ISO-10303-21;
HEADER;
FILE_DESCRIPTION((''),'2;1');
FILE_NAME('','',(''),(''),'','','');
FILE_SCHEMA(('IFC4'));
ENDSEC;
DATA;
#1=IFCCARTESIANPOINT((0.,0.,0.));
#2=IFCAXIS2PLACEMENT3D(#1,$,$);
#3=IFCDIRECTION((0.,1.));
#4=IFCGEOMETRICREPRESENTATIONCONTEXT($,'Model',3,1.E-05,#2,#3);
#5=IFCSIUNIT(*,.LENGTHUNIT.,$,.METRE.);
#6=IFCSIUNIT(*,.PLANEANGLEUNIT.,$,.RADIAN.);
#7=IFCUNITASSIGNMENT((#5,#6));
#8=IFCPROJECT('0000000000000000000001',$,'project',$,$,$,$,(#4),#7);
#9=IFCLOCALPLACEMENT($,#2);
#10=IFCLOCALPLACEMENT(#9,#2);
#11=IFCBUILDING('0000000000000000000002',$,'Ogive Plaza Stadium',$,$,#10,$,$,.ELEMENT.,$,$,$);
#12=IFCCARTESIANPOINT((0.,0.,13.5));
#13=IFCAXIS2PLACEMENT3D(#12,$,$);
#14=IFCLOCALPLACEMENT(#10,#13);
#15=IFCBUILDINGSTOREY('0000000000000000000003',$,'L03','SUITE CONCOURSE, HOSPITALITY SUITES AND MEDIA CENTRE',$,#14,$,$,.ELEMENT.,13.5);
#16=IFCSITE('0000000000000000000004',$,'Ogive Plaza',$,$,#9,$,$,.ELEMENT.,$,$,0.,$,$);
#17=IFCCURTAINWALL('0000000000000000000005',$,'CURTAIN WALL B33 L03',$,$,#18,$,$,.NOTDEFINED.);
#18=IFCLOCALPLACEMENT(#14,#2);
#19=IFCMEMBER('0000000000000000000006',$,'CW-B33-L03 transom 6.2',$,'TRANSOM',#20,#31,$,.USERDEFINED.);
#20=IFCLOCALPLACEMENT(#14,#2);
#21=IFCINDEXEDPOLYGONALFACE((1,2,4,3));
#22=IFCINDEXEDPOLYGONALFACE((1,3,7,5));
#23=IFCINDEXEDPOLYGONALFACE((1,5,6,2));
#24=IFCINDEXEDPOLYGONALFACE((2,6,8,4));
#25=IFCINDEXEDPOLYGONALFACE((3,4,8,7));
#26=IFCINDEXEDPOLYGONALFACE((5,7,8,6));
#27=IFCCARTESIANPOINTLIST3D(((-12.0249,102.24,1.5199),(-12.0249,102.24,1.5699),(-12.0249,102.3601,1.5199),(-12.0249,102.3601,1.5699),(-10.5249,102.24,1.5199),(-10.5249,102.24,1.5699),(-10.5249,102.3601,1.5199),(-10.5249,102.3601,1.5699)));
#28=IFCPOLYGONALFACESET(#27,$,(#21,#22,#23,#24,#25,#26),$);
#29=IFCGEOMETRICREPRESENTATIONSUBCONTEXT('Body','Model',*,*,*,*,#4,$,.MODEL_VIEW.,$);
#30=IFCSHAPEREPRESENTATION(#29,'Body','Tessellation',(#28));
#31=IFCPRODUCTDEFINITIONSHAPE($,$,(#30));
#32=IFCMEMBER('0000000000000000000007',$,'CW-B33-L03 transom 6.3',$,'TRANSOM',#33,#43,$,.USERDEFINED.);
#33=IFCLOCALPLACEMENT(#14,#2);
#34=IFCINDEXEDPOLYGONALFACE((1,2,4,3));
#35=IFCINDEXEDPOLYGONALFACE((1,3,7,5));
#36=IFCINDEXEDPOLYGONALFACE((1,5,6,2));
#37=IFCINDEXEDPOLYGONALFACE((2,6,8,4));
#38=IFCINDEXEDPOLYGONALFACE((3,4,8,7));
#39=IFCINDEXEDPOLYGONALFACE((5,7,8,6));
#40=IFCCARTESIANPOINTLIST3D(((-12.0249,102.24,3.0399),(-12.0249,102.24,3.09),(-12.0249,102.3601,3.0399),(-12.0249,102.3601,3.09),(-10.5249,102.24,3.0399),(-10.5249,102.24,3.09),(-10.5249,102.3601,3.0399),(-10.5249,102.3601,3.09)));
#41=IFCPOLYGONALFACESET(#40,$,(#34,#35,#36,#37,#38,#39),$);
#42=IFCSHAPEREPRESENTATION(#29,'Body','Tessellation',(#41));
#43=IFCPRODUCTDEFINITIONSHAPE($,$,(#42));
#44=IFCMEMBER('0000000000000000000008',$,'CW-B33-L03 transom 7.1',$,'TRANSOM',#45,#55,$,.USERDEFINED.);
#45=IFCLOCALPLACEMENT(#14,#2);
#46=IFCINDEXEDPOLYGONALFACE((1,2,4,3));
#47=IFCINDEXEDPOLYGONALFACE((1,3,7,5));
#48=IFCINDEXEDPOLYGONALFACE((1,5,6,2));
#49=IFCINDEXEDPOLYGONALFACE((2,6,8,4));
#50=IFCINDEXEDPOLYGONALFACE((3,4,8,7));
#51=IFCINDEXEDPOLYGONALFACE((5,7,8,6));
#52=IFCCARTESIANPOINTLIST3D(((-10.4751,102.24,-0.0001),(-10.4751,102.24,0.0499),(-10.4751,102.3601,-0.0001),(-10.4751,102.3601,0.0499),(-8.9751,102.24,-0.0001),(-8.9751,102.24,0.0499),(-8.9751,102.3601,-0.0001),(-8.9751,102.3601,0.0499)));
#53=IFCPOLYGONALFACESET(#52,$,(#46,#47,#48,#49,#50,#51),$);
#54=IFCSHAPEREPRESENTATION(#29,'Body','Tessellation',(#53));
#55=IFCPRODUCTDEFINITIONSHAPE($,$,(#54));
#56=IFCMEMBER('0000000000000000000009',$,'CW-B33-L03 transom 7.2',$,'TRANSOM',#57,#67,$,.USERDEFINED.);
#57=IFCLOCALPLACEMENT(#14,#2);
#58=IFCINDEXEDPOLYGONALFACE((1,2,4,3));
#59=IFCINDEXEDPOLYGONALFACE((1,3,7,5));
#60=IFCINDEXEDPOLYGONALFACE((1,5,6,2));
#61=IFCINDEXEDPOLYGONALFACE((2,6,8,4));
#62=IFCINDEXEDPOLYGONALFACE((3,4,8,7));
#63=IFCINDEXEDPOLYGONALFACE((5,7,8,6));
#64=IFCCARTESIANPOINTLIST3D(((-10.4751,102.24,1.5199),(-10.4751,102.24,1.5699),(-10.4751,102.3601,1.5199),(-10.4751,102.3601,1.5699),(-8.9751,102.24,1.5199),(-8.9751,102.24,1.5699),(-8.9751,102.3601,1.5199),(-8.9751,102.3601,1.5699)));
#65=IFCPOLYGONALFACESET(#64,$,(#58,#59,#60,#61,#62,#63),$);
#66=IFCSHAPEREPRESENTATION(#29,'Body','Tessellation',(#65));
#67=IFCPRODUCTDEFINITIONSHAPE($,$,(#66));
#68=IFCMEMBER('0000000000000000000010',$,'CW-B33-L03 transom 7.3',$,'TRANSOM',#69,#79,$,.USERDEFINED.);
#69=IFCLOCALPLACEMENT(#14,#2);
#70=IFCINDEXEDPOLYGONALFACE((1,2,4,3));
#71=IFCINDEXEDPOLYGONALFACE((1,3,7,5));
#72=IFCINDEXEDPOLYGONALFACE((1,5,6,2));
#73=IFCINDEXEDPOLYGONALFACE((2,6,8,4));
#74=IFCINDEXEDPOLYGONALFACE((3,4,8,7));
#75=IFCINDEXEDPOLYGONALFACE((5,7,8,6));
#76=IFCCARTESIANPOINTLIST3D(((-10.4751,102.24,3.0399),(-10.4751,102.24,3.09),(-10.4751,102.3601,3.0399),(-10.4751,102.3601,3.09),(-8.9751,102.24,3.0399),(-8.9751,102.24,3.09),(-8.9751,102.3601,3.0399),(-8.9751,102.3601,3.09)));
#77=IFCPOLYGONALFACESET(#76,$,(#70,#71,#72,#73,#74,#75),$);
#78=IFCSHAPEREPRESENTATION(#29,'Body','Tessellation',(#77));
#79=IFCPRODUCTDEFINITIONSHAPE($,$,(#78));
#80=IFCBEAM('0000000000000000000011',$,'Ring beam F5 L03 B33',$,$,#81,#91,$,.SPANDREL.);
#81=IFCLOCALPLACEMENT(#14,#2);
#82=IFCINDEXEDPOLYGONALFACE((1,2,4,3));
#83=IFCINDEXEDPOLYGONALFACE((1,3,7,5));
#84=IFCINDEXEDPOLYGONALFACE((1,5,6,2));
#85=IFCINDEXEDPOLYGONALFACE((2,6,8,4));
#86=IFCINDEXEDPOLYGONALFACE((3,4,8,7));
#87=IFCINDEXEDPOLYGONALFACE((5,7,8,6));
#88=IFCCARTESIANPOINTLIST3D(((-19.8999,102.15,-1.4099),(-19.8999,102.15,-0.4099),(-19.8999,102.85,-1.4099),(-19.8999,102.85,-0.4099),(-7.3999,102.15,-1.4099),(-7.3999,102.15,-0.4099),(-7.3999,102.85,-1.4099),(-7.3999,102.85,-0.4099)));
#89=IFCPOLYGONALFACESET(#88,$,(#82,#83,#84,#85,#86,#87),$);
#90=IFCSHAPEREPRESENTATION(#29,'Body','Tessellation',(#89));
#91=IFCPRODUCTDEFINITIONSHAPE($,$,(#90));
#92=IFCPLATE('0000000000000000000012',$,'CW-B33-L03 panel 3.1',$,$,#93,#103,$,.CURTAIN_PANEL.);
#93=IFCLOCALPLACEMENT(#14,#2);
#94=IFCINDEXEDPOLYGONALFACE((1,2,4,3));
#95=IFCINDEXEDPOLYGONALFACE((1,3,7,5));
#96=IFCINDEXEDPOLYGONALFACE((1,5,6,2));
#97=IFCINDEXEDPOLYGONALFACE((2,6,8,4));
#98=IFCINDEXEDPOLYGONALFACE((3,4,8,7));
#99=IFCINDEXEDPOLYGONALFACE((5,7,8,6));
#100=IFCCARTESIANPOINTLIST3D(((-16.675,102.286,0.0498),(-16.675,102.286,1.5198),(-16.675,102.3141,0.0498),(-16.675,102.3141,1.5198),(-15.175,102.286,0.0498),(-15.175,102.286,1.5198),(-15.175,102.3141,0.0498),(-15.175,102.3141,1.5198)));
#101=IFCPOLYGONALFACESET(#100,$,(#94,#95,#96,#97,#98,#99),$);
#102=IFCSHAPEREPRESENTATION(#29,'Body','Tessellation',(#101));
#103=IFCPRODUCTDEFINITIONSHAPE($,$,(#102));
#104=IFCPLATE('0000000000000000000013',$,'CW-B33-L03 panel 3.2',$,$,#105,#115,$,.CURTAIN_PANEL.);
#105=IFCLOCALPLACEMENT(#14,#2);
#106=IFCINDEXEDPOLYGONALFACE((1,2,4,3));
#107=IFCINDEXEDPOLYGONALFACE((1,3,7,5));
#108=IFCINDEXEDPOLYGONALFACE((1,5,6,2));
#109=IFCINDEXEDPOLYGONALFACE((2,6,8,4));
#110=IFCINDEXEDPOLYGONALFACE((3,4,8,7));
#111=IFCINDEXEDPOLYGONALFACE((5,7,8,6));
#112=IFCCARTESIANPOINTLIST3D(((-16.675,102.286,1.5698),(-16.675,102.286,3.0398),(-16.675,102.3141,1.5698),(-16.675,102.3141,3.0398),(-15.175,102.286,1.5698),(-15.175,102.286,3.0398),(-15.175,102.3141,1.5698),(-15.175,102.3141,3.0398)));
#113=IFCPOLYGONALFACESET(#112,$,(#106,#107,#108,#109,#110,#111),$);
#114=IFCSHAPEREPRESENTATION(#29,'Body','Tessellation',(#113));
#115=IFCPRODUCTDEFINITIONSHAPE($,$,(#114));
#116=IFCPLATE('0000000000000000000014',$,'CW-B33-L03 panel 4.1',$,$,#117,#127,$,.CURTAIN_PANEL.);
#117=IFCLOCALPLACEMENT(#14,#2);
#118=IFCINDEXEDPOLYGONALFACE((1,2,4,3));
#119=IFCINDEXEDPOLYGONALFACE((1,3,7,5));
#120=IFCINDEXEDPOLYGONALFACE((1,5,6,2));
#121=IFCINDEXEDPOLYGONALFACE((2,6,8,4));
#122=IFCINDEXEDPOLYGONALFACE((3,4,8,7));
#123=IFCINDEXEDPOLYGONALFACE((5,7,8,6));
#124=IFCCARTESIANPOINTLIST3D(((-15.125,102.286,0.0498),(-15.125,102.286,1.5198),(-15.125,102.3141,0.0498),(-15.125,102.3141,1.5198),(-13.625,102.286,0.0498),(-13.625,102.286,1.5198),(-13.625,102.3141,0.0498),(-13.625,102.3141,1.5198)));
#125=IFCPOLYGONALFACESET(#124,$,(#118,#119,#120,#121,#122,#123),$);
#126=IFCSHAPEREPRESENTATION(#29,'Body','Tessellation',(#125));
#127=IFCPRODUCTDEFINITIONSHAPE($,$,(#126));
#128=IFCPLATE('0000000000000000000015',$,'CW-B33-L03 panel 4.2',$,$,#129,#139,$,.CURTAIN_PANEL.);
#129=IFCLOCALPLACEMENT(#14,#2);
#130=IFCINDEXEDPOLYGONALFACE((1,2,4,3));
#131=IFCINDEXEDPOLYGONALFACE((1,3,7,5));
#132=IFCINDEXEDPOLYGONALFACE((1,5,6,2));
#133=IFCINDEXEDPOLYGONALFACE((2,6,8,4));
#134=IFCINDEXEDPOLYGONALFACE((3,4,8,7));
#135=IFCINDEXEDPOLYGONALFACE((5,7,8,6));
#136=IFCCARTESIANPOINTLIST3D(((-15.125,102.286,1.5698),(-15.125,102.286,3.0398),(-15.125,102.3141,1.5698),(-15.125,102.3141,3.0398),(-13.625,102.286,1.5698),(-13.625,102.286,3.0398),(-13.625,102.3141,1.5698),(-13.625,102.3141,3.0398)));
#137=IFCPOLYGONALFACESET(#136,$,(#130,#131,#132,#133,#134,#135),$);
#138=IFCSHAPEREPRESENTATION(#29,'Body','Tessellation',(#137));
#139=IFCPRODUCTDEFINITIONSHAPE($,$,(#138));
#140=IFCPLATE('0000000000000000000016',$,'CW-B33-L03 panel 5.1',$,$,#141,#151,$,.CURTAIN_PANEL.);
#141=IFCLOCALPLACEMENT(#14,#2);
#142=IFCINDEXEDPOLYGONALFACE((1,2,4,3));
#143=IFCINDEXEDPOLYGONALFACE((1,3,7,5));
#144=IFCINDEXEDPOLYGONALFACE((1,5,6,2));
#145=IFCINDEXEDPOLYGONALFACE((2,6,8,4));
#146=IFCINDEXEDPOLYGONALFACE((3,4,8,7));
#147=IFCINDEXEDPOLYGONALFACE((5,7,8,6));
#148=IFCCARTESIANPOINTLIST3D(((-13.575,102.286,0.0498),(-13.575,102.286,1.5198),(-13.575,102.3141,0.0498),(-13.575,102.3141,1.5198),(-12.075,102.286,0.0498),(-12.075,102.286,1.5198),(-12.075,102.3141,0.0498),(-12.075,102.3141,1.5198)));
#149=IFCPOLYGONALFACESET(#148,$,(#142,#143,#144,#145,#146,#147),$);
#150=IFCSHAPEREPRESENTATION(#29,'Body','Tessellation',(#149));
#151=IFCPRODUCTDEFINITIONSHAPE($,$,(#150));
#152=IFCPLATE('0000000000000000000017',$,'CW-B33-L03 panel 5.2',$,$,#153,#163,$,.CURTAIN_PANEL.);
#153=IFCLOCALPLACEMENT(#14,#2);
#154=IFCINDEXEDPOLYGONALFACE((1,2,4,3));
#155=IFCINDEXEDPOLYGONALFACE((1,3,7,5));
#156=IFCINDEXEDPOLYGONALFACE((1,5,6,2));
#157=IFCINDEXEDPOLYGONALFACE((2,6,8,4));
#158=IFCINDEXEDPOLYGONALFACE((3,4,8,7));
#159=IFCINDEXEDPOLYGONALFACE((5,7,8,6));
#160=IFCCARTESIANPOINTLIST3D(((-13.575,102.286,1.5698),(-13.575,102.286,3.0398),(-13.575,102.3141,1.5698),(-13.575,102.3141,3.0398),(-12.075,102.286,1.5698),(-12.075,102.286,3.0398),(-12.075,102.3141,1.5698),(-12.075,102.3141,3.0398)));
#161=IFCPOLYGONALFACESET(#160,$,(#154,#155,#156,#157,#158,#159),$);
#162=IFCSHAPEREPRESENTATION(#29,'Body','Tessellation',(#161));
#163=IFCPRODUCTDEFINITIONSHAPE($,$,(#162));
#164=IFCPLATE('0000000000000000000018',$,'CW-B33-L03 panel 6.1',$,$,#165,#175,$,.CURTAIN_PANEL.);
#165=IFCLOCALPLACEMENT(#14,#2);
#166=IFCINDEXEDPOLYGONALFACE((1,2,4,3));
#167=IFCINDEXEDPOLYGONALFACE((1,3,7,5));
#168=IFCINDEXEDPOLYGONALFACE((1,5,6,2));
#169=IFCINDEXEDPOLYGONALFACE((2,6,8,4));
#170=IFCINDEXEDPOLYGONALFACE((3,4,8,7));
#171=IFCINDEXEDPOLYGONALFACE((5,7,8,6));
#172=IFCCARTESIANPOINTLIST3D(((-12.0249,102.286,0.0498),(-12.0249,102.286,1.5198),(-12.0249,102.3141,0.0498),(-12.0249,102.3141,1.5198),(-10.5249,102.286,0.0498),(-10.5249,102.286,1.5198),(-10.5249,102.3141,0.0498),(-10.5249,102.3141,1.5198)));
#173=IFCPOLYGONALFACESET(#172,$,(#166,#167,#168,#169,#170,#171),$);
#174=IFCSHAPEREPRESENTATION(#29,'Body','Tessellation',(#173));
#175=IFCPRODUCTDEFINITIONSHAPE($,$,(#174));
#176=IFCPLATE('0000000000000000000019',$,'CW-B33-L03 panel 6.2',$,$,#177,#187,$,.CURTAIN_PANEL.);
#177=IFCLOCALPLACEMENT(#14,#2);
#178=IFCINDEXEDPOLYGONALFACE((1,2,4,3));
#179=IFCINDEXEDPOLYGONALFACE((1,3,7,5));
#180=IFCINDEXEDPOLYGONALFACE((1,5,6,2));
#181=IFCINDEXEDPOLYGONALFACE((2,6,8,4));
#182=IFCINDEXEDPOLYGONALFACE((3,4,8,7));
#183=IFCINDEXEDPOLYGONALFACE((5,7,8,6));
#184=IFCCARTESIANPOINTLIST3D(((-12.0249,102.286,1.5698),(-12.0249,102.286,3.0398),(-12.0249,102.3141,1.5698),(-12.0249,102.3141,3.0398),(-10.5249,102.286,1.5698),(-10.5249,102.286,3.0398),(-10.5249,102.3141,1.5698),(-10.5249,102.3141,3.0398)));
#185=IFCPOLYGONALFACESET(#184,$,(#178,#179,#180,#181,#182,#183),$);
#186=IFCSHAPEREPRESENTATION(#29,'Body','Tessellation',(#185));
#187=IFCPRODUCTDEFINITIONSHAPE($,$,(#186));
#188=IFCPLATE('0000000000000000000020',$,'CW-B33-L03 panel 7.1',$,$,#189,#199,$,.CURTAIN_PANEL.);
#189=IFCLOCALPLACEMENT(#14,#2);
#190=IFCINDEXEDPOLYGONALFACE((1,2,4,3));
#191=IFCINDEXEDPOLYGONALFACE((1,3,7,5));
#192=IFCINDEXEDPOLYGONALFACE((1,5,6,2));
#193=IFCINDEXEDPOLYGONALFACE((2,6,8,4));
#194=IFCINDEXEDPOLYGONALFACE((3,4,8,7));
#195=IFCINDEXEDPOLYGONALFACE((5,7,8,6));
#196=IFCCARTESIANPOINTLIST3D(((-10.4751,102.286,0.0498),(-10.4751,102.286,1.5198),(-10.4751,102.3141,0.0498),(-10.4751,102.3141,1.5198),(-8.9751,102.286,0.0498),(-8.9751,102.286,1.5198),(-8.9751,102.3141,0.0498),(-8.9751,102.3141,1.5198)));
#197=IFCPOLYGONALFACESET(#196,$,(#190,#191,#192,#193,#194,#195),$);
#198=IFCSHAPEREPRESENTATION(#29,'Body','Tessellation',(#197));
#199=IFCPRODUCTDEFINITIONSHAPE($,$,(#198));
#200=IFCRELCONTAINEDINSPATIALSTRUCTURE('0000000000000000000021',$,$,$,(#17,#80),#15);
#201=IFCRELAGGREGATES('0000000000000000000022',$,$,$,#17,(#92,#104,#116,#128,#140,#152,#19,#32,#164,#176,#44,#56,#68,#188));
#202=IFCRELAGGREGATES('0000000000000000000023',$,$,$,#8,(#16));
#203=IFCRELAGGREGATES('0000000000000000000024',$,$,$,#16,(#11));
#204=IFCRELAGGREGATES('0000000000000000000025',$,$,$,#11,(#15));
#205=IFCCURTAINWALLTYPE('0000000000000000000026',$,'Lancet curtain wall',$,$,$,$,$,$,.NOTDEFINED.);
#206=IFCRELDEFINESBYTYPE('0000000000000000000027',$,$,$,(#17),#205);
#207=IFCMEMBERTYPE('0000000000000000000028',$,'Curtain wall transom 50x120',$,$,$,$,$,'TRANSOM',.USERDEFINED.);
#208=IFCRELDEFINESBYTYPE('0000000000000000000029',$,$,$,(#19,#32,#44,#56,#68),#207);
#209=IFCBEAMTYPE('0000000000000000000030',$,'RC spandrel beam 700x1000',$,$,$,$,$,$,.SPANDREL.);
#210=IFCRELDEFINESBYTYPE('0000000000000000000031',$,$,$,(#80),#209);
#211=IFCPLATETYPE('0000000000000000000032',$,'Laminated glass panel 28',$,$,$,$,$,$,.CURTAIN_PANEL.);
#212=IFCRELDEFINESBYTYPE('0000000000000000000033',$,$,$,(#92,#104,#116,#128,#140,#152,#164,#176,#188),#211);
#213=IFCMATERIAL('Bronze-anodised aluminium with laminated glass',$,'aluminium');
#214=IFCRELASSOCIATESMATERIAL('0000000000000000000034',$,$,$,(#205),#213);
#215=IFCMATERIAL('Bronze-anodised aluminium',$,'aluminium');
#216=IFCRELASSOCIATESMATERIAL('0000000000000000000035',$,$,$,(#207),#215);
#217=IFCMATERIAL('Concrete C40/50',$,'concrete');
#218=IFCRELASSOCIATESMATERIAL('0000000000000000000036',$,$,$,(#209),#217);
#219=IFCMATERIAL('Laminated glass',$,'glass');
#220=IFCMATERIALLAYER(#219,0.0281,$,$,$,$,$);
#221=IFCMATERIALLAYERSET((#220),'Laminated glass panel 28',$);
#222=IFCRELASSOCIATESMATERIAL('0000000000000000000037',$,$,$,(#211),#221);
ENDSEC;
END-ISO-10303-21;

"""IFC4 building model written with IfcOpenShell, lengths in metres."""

from ifc_helpers import new_model, si_unit, direction, frame, origin, origin_2d, place, context, subcontext, project, spatial, rectangle, extrude, material, layer, layer_set, material_profile, profile_set, type_object, element, aggregate, save


model = new_model("IFC4")

# Units and contexts
model_context = context("Model", 3, precision=1e-05, world=origin(), true_north=direction((0.0, 1.0)))
body_context = subcontext(model_context, "Body", "Model", "MODEL_VIEW")
ifc_project = project(units=[si_unit("LENGTHUNIT", "METRE"), si_unit("PLANEANGLEUNIT", "RADIAN")], contexts=[model_context])

# Site, building, storey
site_placement = place(None, origin())
site = spatial("IfcSite", under=ifc_project, at=site_placement, Name="Ogive Plaza", CompositionType="ELEMENT", RefElevation=0.0)
building_placement = place(site_placement, origin())
building = spatial("IfcBuilding", under=site, at=building_placement, Name="Ogive Plaza Stadium", CompositionType="ELEMENT")
storey_placement = place(building_placement, frame((0.0, 0.0, 13.5)))
storey = spatial("IfcBuildingStorey", under=building, at=storey_placement, Name="L03", Description="SUITE CONCOURSE, HOSPITALITY SUITES AND MEDIA CENTRE", CompositionType="ELEMENT", Elevation=13.5)

# Curtain wall, members
ifc_material_1 = material(Name="Bronze-anodised aluminium with laminated glass", Category="aluminium")
curtain_wall_type = type_object("IfcCurtainWallType", Name="Lancet curtain wall", PredefinedType="NOTDEFINED", material=ifc_material_1)
curtain_wall_placement = place(storey_placement, origin())
curtain_wall = element("IfcCurtainWall", 1, at=curtain_wall_placement, inside=storey, type_object=curtain_wall_type, Name="CURTAIN WALL B33 L03", PredefinedType="NOTDEFINED")
ifc_material_2 = material(Name="Bronze-anodised aluminium", Category="aluminium")
ifc_material_profile_1 = material_profile(ifc_material_2, rectangle(XDim=0.1201, YDim=0.05, at=origin_2d()), Name="AL 120x50")
ifc_profile_set_1 = profile_set([ifc_material_profile_1], Name="Bronze-anodised aluminium")
member_type_1 = type_object("IfcMemberType", Name="Curtain wall transom 50x120", ElementType="TRANSOM", PredefinedType="USERDEFINED", material=ifc_profile_set_1)
member_1_placement = place(storey_placement, frame((-12.0249, 102.3, 1.5449), z_axis=(1.0, 0.0, 0.0), x_axis=(0.0, 1.0, 0.0)))
member_1 = element("IfcMember", 2, at=member_1_placement, type_object=member_type_1, Name="CW-B33-L03 transom 6.2", ObjectType="TRANSOM", PredefinedType="USERDEFINED", context=body_context, shape_type="SweptSolid", body=[
    extrude(rectangle(XDim=0.1201, YDim=0.05, at=origin_2d()), origin(), (0.0, 0.0, 1.0), 1.5),
])
member_2_placement = place(storey_placement, frame((-12.0249, 102.3, 3.0649), z_axis=(1.0, 0.0, 0.0), x_axis=(0.0, 1.0, 0.0)))
member_2 = element("IfcMember", 3, at=member_2_placement, type_object=member_type_1, Name="CW-B33-L03 transom 6.3", ObjectType="TRANSOM", PredefinedType="USERDEFINED", context=body_context, shape_type="SweptSolid", body=[
    extrude(rectangle(XDim=0.1201, YDim=0.05, at=origin_2d()), origin(), (0.0, 0.0, 1.0), 1.5),
])
member_3_placement = place(storey_placement, frame((-10.4751, 102.3, 0.0249), z_axis=(1.0, 0.0, 0.0), x_axis=(0.0, 1.0, 0.0)))
member_3 = element("IfcMember", 4, at=member_3_placement, type_object=member_type_1, Name="CW-B33-L03 transom 7.1", ObjectType="TRANSOM", PredefinedType="USERDEFINED", context=body_context, shape_type="SweptSolid", body=[
    extrude(rectangle(XDim=0.1201, YDim=0.05, at=origin_2d()), origin(), (0.0, 0.0, 1.0), 1.5),
])
member_4_placement = place(storey_placement, frame((-10.4751, 102.3, 1.5449), z_axis=(1.0, 0.0, 0.0), x_axis=(0.0, 1.0, 0.0)))
member_4 = element("IfcMember", 5, at=member_4_placement, type_object=member_type_1, Name="CW-B33-L03 transom 7.2", ObjectType="TRANSOM", PredefinedType="USERDEFINED", context=body_context, shape_type="SweptSolid", body=[
    extrude(rectangle(XDim=0.1201, YDim=0.05, at=origin_2d()), origin(), (0.0, 0.0, 1.0), 1.5),
])
member_5_placement = place(storey_placement, frame((-10.4751, 102.3, 3.0649), z_axis=(1.0, 0.0, 0.0), x_axis=(0.0, 1.0, 0.0)))
member_5 = element("IfcMember", 6, at=member_5_placement, type_object=member_type_1, Name="CW-B33-L03 transom 7.3", ObjectType="TRANSOM", PredefinedType="USERDEFINED", context=body_context, shape_type="SweptSolid", body=[
    extrude(rectangle(XDim=0.1201, YDim=0.05, at=origin_2d()), origin(), (0.0, 0.0, 1.0), 1.5),
])

# Beam
ifc_material_3 = material(Name="Concrete C40/50", Category="concrete")
ifc_material_profile_2 = material_profile(ifc_material_3, rectangle(XDim=0.7, YDim=1.0, at=origin_2d()), Name="RC 700x1000")
ifc_profile_set_2 = profile_set([ifc_material_profile_2], Name="Concrete C40/50")
beam_type = type_object("IfcBeamType", Name="RC spandrel beam 700x1000", PredefinedType="SPANDREL", material=ifc_profile_set_2)
beam_placement = place(storey_placement, frame((-19.8999, 102.5, -0.9099), z_axis=(1.0, 0.0, 0.0), x_axis=(0.0, 1.0, 0.0)))
element("IfcBeam", 7, at=beam_placement, inside=storey, type_object=beam_type, Name="Ring beam F5 L03 B33", PredefinedType="SPANDREL", context=body_context, shape_type="SweptSolid", body=[
    extrude(rectangle(XDim=0.7, YDim=1.0, at=origin_2d()), origin(), (0.0, 0.0, 1.0), 12.5),
])

# Plates
ifc_material_4 = material(Name="Laminated glass", Category="glass")
ifc_layer_1 = layer(ifc_material_4, 0.0281)
ifc_layer_set_1 = layer_set([ifc_layer_1], Name="Laminated glass panel 28")
plate_type = type_object("IfcPlateType", Name="Laminated glass panel 28", PredefinedType="CURTAIN_PANEL", material=ifc_layer_set_1)
plate_1_placement = place(storey_placement, frame((-15.925, 102.3, 0.0498), z_axis=(0.0, 0.0, 1.0), x_axis=(1.0, 0.0, 0.0)))
plate_1 = element("IfcPlate", 8, at=plate_1_placement, type_object=plate_type, Name="CW-B33-L03 panel 3.1", PredefinedType="CURTAIN_PANEL", context=body_context, shape_type="SweptSolid", body=[
    extrude(rectangle(XDim=1.5, YDim=0.0281, at=origin_2d()), origin(), (0.0, 0.0, 1.0), 1.47),
])
plate_2_placement = place(storey_placement, frame((-15.925, 102.3, 1.5698), z_axis=(0.0, 0.0, 1.0), x_axis=(1.0, 0.0, 0.0)))
plate_2 = element("IfcPlate", 9, at=plate_2_placement, type_object=plate_type, Name="CW-B33-L03 panel 3.2", PredefinedType="CURTAIN_PANEL", context=body_context, shape_type="SweptSolid", body=[
    extrude(rectangle(XDim=1.5, YDim=0.0281, at=origin_2d()), origin(), (0.0, 0.0, 1.0), 1.47),
])
plate_3_placement = place(storey_placement, frame((-14.375, 102.3, 0.0498), z_axis=(0.0, 0.0, 1.0), x_axis=(1.0, 0.0, 0.0)))
plate_3 = element("IfcPlate", 10, at=plate_3_placement, type_object=plate_type, Name="CW-B33-L03 panel 4.1", PredefinedType="CURTAIN_PANEL", context=body_context, shape_type="SweptSolid", body=[
    extrude(rectangle(XDim=1.5, YDim=0.0281, at=origin_2d()), origin(), (0.0, 0.0, 1.0), 1.47),
])
plate_4_placement = place(storey_placement, frame((-14.375, 102.3, 1.5698), z_axis=(0.0, 0.0, 1.0), x_axis=(1.0, 0.0, 0.0)))
plate_4 = element("IfcPlate", 11, at=plate_4_placement, type_object=plate_type, Name="CW-B33-L03 panel 4.2", PredefinedType="CURTAIN_PANEL", context=body_context, shape_type="SweptSolid", body=[
    extrude(rectangle(XDim=1.5, YDim=0.0281, at=origin_2d()), origin(), (0.0, 0.0, 1.0), 1.47),
])
plate_5_placement = place(storey_placement, frame((-12.825, 102.3, 0.0498), z_axis=(0.0, 0.0, 1.0), x_axis=(1.0, 0.0, 0.0)))
plate_5 = element("IfcPlate", 12, at=plate_5_placement, type_object=plate_type, Name="CW-B33-L03 panel 5.1", PredefinedType="CURTAIN_PANEL", context=body_context, shape_type="SweptSolid", body=[
    extrude(rectangle(XDim=1.5, YDim=0.0281, at=origin_2d()), origin(), (0.0, 0.0, 1.0), 1.47),
])
plate_6_placement = place(storey_placement, frame((-12.825, 102.3, 1.5698), z_axis=(0.0, 0.0, 1.0), x_axis=(1.0, 0.0, 0.0)))
plate_6 = element("IfcPlate", 13, at=plate_6_placement, type_object=plate_type, Name="CW-B33-L03 panel 5.2", PredefinedType="CURTAIN_PANEL", context=body_context, shape_type="SweptSolid", body=[
    extrude(rectangle(XDim=1.5, YDim=0.0281, at=origin_2d()), origin(), (0.0, 0.0, 1.0), 1.47),
])
plate_7_placement = place(storey_placement, frame((-11.2749, 102.3, 0.0498), z_axis=(0.0, 0.0, 1.0), x_axis=(1.0, 0.0, 0.0)))
plate_7 = element("IfcPlate", 14, at=plate_7_placement, type_object=plate_type, Name="CW-B33-L03 panel 6.1", PredefinedType="CURTAIN_PANEL", context=body_context, shape_type="SweptSolid", body=[
    extrude(rectangle(XDim=1.5, YDim=0.0281, at=origin_2d()), origin(), (0.0, 0.0, 1.0), 1.47),
])
plate_8_placement = place(storey_placement, frame((-11.2749, 102.3, 1.5698), z_axis=(0.0, 0.0, 1.0), x_axis=(1.0, 0.0, 0.0)))
plate_8 = element("IfcPlate", 15, at=plate_8_placement, type_object=plate_type, Name="CW-B33-L03 panel 6.2", PredefinedType="CURTAIN_PANEL", context=body_context, shape_type="SweptSolid", body=[
    extrude(rectangle(XDim=1.5, YDim=0.0281, at=origin_2d()), origin(), (0.0, 0.0, 1.0), 1.47),
])
plate_9_placement = place(storey_placement, frame((-9.7251, 102.3, 0.0498), z_axis=(0.0, 0.0, 1.0), x_axis=(1.0, 0.0, 0.0)))
plate_9 = element("IfcPlate", 16, at=plate_9_placement, type_object=plate_type, Name="CW-B33-L03 panel 7.1", PredefinedType="CURTAIN_PANEL", context=body_context, shape_type="SweptSolid", body=[
    extrude(rectangle(XDim=1.5, YDim=0.0281, at=origin_2d()), origin(), (0.0, 0.0, 1.0), 1.47),
])
aggregate(curtain_wall, [plate_1, plate_2, plate_3, plate_4, plate_5, plate_6, member_1, member_2, plate_7, plate_8, member_3, member_4, member_5, plate_9])

save(model, "model.ifc")
